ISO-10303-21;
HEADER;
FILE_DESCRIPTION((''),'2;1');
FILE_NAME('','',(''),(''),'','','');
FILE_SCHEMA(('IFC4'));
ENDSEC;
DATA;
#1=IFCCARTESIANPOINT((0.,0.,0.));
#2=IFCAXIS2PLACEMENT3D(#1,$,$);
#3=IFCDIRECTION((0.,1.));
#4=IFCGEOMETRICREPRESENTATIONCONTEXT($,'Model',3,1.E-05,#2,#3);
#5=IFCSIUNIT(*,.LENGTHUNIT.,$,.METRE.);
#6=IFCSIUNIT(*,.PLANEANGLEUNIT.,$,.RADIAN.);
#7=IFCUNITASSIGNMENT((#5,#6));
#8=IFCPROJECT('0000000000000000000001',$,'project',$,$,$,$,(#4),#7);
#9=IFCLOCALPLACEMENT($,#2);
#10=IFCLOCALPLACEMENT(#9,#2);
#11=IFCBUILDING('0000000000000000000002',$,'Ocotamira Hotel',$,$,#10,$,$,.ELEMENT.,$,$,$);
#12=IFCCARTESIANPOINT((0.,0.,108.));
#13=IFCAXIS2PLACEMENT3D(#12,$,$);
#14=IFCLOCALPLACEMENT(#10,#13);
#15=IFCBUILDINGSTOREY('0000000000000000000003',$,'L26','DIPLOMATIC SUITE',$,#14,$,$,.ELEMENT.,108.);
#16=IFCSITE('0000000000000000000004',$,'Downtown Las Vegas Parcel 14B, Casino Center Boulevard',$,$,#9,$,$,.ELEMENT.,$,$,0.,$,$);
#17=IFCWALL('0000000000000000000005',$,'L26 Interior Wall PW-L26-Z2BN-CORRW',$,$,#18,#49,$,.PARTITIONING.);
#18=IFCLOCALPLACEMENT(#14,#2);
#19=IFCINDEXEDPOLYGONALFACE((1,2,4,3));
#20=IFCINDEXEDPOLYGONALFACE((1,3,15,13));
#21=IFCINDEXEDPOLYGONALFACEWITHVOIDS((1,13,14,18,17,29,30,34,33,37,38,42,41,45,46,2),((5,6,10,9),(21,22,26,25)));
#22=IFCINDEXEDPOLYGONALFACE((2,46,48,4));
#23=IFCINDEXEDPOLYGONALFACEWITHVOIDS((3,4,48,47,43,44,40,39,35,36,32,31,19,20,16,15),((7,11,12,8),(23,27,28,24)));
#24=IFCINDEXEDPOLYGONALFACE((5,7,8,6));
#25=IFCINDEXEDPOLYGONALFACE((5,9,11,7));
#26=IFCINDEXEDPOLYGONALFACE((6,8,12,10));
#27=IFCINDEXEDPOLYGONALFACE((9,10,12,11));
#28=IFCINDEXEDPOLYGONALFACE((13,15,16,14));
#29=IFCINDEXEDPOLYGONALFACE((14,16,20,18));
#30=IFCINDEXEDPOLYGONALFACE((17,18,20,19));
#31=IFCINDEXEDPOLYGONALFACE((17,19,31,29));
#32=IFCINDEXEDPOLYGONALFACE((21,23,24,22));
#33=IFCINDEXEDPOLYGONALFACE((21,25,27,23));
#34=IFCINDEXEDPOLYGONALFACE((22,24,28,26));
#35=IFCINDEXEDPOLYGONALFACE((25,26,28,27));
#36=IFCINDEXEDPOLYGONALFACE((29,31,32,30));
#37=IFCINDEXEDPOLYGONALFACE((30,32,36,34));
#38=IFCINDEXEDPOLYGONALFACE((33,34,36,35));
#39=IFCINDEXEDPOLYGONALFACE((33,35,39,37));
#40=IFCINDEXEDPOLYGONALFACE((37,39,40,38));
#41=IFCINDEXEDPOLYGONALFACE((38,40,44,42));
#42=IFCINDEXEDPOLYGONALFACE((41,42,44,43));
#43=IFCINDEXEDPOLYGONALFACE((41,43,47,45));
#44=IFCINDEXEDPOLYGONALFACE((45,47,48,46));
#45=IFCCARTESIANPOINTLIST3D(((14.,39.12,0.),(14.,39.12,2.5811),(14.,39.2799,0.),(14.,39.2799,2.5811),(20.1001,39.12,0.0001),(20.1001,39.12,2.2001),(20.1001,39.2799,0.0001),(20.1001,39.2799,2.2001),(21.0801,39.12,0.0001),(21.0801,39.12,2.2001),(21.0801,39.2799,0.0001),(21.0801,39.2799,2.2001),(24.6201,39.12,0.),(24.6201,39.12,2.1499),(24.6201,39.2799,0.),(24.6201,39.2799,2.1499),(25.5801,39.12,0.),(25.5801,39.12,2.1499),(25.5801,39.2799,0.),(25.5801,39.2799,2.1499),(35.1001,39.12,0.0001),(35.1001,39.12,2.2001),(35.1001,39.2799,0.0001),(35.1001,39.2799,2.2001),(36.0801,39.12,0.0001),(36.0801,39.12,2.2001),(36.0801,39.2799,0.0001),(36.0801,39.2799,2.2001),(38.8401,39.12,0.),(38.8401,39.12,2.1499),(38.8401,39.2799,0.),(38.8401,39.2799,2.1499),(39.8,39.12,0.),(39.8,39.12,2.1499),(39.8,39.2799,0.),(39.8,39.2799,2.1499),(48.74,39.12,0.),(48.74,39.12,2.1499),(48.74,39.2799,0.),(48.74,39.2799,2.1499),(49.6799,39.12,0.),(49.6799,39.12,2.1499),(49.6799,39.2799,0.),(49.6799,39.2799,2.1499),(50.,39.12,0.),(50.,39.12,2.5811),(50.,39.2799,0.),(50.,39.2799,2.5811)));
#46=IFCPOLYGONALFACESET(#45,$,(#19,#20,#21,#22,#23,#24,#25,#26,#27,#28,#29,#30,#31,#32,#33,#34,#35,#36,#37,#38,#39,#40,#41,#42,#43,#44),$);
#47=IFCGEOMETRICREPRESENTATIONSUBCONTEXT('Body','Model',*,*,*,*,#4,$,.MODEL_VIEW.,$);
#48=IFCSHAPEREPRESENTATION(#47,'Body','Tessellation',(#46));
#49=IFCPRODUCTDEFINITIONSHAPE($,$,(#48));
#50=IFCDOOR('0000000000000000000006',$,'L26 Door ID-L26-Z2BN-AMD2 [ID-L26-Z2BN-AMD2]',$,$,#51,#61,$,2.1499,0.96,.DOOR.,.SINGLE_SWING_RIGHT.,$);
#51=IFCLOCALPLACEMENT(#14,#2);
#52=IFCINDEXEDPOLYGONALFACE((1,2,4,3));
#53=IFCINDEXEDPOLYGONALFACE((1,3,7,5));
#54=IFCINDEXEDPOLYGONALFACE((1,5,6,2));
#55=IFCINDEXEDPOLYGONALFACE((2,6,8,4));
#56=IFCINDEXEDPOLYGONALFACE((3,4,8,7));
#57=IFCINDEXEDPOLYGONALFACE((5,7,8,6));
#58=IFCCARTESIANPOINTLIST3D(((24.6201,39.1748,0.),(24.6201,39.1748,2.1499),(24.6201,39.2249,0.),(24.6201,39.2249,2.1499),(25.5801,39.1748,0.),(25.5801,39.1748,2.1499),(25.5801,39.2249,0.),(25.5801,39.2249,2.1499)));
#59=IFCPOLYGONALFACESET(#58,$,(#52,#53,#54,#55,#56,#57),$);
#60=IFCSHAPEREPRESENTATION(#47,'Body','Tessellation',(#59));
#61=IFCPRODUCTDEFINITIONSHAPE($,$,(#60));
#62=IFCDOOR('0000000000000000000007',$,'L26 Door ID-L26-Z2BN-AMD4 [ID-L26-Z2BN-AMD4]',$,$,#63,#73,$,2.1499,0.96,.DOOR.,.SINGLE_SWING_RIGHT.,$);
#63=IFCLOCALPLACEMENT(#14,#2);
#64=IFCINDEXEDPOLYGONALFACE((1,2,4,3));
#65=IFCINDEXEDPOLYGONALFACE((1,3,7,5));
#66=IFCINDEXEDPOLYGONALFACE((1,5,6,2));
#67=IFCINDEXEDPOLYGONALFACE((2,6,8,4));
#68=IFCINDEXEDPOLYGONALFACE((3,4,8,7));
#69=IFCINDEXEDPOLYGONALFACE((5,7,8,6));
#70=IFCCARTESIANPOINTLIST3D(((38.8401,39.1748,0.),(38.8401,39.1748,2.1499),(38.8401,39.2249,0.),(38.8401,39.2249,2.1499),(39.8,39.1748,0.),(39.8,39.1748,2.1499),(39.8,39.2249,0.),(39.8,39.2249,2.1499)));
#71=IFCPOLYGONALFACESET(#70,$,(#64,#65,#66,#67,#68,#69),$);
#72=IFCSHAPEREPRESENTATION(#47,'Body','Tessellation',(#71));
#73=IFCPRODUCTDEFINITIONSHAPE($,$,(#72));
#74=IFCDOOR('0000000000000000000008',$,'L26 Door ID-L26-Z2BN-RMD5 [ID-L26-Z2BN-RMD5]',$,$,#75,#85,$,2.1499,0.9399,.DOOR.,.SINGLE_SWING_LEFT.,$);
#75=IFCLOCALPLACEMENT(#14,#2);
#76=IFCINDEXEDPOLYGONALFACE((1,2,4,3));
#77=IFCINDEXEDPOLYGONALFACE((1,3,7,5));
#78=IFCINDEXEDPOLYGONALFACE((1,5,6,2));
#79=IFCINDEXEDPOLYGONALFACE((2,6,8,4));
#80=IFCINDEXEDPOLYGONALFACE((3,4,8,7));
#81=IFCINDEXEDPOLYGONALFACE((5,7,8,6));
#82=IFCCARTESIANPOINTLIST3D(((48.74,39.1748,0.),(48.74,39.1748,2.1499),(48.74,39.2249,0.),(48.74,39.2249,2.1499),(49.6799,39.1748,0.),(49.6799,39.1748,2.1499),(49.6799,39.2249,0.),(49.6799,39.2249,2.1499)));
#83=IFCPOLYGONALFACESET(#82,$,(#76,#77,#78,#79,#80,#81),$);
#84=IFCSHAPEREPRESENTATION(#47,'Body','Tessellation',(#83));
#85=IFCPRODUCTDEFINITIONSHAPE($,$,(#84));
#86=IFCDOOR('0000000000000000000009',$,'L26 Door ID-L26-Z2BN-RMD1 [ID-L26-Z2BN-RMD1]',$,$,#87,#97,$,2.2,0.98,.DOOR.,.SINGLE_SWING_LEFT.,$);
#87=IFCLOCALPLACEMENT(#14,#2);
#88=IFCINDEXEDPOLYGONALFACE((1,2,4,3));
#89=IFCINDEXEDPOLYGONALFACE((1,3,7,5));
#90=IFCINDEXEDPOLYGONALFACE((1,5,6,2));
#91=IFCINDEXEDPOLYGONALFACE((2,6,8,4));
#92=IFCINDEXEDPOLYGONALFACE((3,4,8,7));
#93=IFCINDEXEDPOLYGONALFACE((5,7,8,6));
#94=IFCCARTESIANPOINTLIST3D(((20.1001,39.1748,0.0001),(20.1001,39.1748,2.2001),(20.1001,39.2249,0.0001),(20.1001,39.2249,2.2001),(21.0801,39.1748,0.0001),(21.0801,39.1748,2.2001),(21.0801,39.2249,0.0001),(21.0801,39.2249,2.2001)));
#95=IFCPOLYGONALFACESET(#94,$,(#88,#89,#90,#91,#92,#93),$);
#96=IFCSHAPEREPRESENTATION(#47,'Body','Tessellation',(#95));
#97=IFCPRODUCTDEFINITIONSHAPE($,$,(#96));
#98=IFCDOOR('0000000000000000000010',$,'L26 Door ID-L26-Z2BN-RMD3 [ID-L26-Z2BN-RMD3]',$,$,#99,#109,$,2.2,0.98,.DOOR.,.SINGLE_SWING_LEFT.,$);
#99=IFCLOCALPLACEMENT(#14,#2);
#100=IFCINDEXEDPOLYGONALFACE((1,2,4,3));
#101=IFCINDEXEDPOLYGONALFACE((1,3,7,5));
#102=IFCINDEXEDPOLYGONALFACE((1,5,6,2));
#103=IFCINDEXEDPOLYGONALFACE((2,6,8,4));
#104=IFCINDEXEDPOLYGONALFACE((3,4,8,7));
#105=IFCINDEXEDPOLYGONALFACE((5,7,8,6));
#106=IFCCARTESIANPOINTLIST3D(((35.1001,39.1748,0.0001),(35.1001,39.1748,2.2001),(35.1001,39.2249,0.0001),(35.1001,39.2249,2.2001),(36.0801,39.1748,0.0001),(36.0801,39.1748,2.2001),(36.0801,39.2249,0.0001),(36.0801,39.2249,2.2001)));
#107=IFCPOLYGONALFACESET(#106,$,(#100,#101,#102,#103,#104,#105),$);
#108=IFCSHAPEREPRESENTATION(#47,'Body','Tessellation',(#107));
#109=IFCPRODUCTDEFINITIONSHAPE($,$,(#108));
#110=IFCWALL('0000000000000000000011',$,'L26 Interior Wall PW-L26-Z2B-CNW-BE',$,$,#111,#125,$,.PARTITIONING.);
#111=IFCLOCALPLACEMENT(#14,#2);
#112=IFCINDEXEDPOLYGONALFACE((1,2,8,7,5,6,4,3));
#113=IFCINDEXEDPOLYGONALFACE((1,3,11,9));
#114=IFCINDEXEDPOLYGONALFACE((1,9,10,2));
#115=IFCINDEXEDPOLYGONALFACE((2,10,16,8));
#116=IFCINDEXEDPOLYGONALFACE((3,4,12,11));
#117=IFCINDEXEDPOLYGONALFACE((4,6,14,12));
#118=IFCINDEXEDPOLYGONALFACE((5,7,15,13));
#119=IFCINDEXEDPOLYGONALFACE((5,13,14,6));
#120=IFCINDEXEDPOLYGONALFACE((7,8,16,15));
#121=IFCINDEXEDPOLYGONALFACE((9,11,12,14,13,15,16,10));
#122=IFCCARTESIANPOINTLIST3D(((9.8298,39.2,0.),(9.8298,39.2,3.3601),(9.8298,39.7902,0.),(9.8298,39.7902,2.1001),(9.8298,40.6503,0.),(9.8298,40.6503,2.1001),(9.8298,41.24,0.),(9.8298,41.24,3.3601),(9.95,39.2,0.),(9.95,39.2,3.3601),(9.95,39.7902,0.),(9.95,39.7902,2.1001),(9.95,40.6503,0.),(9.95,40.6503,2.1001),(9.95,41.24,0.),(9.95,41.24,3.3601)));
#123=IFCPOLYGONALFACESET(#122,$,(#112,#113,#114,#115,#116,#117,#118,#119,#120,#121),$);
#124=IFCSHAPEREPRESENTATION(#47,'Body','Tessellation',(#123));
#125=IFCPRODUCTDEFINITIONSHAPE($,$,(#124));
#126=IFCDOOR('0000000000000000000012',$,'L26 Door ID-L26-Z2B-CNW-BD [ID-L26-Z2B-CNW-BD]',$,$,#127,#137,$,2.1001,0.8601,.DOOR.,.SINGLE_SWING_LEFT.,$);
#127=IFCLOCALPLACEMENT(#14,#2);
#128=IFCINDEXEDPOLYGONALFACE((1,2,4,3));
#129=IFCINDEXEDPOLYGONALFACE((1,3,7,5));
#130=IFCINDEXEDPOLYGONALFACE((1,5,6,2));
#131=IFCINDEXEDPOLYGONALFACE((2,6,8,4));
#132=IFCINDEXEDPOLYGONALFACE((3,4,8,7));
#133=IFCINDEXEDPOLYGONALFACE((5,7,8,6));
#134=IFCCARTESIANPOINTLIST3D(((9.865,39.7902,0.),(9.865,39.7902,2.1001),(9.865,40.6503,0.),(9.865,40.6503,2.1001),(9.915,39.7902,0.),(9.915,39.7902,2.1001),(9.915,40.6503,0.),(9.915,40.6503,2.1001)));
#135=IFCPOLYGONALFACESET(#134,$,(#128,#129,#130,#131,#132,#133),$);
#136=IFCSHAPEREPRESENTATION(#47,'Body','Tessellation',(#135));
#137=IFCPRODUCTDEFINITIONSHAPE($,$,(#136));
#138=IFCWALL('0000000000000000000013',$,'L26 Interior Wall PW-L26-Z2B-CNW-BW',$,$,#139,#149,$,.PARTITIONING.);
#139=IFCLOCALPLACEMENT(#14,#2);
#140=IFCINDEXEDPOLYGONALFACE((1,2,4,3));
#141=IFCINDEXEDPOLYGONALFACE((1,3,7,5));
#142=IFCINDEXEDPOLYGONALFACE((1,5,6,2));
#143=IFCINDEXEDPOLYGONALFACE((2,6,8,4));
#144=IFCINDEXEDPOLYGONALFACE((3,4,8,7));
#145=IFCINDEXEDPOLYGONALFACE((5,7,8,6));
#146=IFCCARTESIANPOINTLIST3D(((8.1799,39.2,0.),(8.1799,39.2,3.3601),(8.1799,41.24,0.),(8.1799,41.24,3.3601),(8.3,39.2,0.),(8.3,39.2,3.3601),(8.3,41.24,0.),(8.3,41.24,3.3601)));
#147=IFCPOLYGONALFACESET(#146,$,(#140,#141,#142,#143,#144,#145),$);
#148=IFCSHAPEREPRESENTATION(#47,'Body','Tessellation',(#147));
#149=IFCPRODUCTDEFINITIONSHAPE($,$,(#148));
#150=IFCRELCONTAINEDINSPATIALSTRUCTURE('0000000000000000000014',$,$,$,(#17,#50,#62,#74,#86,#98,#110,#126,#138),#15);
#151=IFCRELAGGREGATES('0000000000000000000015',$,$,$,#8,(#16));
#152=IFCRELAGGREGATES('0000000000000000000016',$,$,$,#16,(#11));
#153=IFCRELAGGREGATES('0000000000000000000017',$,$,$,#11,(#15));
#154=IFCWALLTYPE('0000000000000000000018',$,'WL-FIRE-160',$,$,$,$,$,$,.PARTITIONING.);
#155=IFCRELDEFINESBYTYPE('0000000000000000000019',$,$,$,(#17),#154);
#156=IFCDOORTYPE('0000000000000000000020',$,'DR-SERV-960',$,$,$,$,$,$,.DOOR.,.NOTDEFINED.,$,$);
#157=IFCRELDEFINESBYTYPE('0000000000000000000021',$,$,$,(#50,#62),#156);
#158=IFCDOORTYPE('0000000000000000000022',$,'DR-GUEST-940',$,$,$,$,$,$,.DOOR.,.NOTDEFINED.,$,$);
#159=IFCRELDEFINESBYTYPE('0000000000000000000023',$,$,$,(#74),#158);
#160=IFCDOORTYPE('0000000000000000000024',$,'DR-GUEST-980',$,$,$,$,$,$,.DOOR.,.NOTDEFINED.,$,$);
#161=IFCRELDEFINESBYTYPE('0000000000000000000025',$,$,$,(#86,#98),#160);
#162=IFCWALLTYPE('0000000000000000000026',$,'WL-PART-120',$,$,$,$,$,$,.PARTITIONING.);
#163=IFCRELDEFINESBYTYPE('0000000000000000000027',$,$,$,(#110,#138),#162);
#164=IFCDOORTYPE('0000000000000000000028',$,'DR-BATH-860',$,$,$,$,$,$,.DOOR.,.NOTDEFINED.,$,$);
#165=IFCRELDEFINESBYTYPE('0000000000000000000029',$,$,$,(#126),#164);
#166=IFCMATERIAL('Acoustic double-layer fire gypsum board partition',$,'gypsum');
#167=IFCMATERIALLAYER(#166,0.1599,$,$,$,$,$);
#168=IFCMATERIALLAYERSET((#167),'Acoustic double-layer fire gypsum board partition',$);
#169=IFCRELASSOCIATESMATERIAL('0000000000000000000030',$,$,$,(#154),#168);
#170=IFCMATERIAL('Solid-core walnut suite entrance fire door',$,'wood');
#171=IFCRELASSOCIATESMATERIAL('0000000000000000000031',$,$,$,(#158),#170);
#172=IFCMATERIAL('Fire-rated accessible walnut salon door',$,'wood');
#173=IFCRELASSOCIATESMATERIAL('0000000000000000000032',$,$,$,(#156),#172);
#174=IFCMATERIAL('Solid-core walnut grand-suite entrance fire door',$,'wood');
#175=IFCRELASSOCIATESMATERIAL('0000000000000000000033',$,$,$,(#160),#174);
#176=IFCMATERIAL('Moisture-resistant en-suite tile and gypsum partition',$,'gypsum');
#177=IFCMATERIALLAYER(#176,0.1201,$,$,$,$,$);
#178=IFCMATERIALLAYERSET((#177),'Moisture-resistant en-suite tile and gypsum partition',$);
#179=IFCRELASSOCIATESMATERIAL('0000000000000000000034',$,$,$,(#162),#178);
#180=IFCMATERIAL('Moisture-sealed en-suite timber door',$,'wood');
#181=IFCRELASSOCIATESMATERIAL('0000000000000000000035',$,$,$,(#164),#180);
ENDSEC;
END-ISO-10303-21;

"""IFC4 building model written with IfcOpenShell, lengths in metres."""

from ifc_helpers import new_model, si_unit, direction, frame, frame_2d, origin, place, context, subcontext, project, spatial, rectangle, extrude, source, transform, mapped, material, layer, layer_set, type_object, element, fill, save


model = new_model("IFC4")

# Units and contexts
model_context = context("Model", 3, precision=1e-05, world=origin(), true_north=direction((0.0, 1.0)))
body_context = subcontext(model_context, "Body", "Model", "MODEL_VIEW")
ifc_project = project(units=[si_unit("LENGTHUNIT", "METRE"), si_unit("PLANEANGLEUNIT", "RADIAN")], contexts=[model_context])

# Site, building, storey
site_placement = place(None, origin())
site = spatial("IfcSite", under=ifc_project, at=site_placement, Name="Downtown Las Vegas Parcel 14B, Casino Center Boulevard", CompositionType="ELEMENT", RefElevation=0.0)
building_placement = place(site_placement, origin())
building = spatial("IfcBuilding", under=site, at=building_placement, Name="Ocotamira Hotel", CompositionType="ELEMENT")
storey_placement = place(building_placement, frame((0.0, 0.0, 108.0)))
storey = spatial("IfcBuildingStorey", under=building, at=storey_placement, Name="L26", Description="DIPLOMATIC SUITE", CompositionType="ELEMENT", Elevation=108.0)

# Shared definitions
ifc_material_1 = material(Name="Acoustic double-layer fire gypsum board partition", Category="gypsum")
ifc_layer_1 = layer(ifc_material_1, 0.1599)
ifc_layer_set_1 = layer_set([ifc_layer_1], Name="Acoustic double-layer fire gypsum board partition")
wall_type_1 = type_object("IfcWallType", Name="WL-FIRE-160", PredefinedType="PARTITIONING", material=ifc_layer_set_1)
ifc_material_2 = material(Name="Solid-core walnut suite entrance fire door", Category="wood")
door_type_1 = type_object("IfcDoorType", Name="DR-GUEST-940", OperationType="NOTDEFINED", PredefinedType="DOOR", material=ifc_material_2)
shared_shape_1 = source(origin(), body_context, "Body", "SweptSolid", [
    extrude(rectangle(XDim=0.9399, YDim=2.1499, at=frame_2d((0.47, 1.075))), frame((0.0, 0.0249, 0.0), z_axis=(0.0, -1.0, 0.0), x_axis=(1.0, 0.0, 0.0)), (0.0, 0.0, 1.0), 0.05),
])

# Wall, openings, doors
wall_1_placement = place(storey_placement, frame((14.0, 39.2, 0.0), z_axis=(0.0, 0.0, 1.0), x_axis=(1.0, 0.0, 0.0)))
wall_1 = element("IfcWall", 1, at=wall_1_placement, inside=storey, type_object=wall_type_1, Name="L26 Interior Wall PW-L26-Z2BN-CORRW", PredefinedType="PARTITIONING", context=body_context, shape_type="SweptSolid", body=[
    extrude(rectangle(XDim=36.0, YDim=0.1599, at=frame_2d((18.0, 0.0))), origin(), (0.0, 0.0, 1.0), 2.5811),
])
opening_1_placement = place(wall_1_placement, frame((6.1001, 0.0, 0.0)))
opening_1 = element("IfcOpeningElement", 2, at=opening_1_placement, cuts=wall_1, PredefinedType="OPENING", context=body_context, shape_type="SweptSolid", body=[
    extrude(rectangle(XDim=0.98, YDim=2.2, at=frame_2d((0.49, 1.1001))), frame((0.0, 0.0898, 0.0), z_axis=(0.0, -1.0, 0.0), x_axis=(1.0, 0.0, 0.0)), (0.0, 0.0, 1.0), 0.1799),
])
opening_2_placement = place(wall_1_placement, frame((10.6201, 0.0, 0.0)))
opening_2 = element("IfcOpeningElement", 3, at=opening_2_placement, cuts=wall_1, PredefinedType="OPENING", context=body_context, shape_type="SweptSolid", body=[
    extrude(rectangle(XDim=0.96, YDim=2.1499, at=frame_2d((0.48, 1.075))), frame((0.0, 0.0898, 0.0), z_axis=(0.0, -1.0, 0.0), x_axis=(1.0, 0.0, 0.0)), (0.0, 0.0, 1.0), 0.1799),
])
opening_3_placement = place(wall_1_placement, frame((21.1001, 0.0, 0.0)))
opening_3 = element("IfcOpeningElement", 4, at=opening_3_placement, cuts=wall_1, PredefinedType="OPENING", context=body_context, shape_type="SweptSolid", body=[
    extrude(rectangle(XDim=0.98, YDim=2.2, at=frame_2d((0.49, 1.1001))), frame((0.0, 0.0898, 0.0), z_axis=(0.0, -1.0, 0.0), x_axis=(1.0, 0.0, 0.0)), (0.0, 0.0, 1.0), 0.1799),
])
opening_4_placement = place(wall_1_placement, frame((24.8401, 0.0, 0.0)))
opening_4 = element("IfcOpeningElement", 5, at=opening_4_placement, cuts=wall_1, PredefinedType="OPENING", context=body_context, shape_type="SweptSolid", body=[
    extrude(rectangle(XDim=0.96, YDim=2.1499, at=frame_2d((0.48, 1.075))), frame((0.0, 0.0898, 0.0), z_axis=(0.0, -1.0, 0.0), x_axis=(1.0, 0.0, 0.0)), (0.0, 0.0, 1.0), 0.1799),
])
opening_5_placement = place(wall_1_placement, frame((34.74, 0.0, 0.0)))
opening_5 = element("IfcOpeningElement", 6, at=opening_5_placement, cuts=wall_1, PredefinedType="OPENING", context=body_context, shape_type="SweptSolid", body=[
    extrude(rectangle(XDim=0.9399, YDim=2.1499, at=frame_2d((0.47, 1.075))), frame((0.0, 0.0898, 0.0), z_axis=(0.0, -1.0, 0.0), x_axis=(1.0, 0.0, 0.0)), (0.0, 0.0, 1.0), 0.1799),
])
ifc_material_3 = material(Name="Fire-rated accessible walnut salon door", Category="wood")
door_type_2 = type_object("IfcDoorType", Name="DR-SERV-960", OperationType="NOTDEFINED", PredefinedType="DOOR", material=ifc_material_3)
shared_shape_2 = source(origin(), body_context, "Body", "SweptSolid", [
    extrude(rectangle(XDim=0.96, YDim=2.1499, at=frame_2d((0.48, 1.075))), frame((0.0, 0.0249, 0.0), z_axis=(0.0, -1.0, 0.0), x_axis=(1.0, 0.0, 0.0)), (0.0, 0.0, 1.0), 0.05),
])
door_1_placement = place(opening_2_placement, origin())
door_1 = element("IfcDoor", 7, at=door_1_placement, inside=storey, type_object=door_type_2, Name="L26 Door ID-L26-Z2BN-AMD2 [ID-L26-Z2BN-AMD2]", OperationType="SINGLE_SWING_RIGHT", OverallHeight=2.1499, OverallWidth=0.96, PredefinedType="DOOR", context=body_context, shape_type="MappedRepresentation", body=[
    mapped(shared_shape_2, transform((0.0, 0.0, 0.0), scale=1.0)),
])
fill(opening_2, door_1)
door_2_placement = place(opening_4_placement, origin())
door_2 = element("IfcDoor", 8, at=door_2_placement, inside=storey, type_object=door_type_2, Name="L26 Door ID-L26-Z2BN-AMD4 [ID-L26-Z2BN-AMD4]", OperationType="SINGLE_SWING_RIGHT", OverallHeight=2.1499, OverallWidth=0.96, PredefinedType="DOOR", context=body_context, shape_type="MappedRepresentation", body=[
    mapped(shared_shape_2, transform((0.0, 0.0, 0.0), scale=1.0)),
])
fill(opening_4, door_2)
door_3_placement = place(opening_5_placement, origin())
door_3 = element("IfcDoor", 9, at=door_3_placement, inside=storey, type_object=door_type_1, Name="L26 Door ID-L26-Z2BN-RMD5 [ID-L26-Z2BN-RMD5]", OperationType="SINGLE_SWING_LEFT", OverallHeight=2.1499, OverallWidth=0.9399, PredefinedType="DOOR", context=body_context, shape_type="MappedRepresentation", body=[
    mapped(shared_shape_1, transform((0.0, 0.0, 0.0), scale=1.0)),
])
fill(opening_5, door_3)
ifc_material_4 = material(Name="Solid-core walnut grand-suite entrance fire door", Category="wood")
door_type_3 = type_object("IfcDoorType", Name="DR-GUEST-980", OperationType="NOTDEFINED", PredefinedType="DOOR", material=ifc_material_4)
shared_shape_3 = source(origin(), body_context, "Body", "SweptSolid", [
    extrude(rectangle(XDim=0.98, YDim=2.2, at=frame_2d((0.49, 1.1001))), frame((0.0, 0.0249, 0.0), z_axis=(0.0, -1.0, 0.0), x_axis=(1.0, 0.0, 0.0)), (0.0, 0.0, 1.0), 0.05),
])
door_4_placement = place(opening_1_placement, origin())
door_4 = element("IfcDoor", 10, at=door_4_placement, inside=storey, type_object=door_type_3, Name="L26 Door ID-L26-Z2BN-RMD1 [ID-L26-Z2BN-RMD1]", OperationType="SINGLE_SWING_LEFT", OverallHeight=2.2, OverallWidth=0.98, PredefinedType="DOOR", context=body_context, shape_type="MappedRepresentation", body=[
    mapped(shared_shape_3, transform((0.0, 0.0, 0.0), scale=1.0)),
])
fill(opening_1, door_4)
door_5_placement = place(opening_3_placement, origin())
door_5 = element("IfcDoor", 11, at=door_5_placement, inside=storey, type_object=door_type_3, Name="L26 Door ID-L26-Z2BN-RMD3 [ID-L26-Z2BN-RMD3]", OperationType="SINGLE_SWING_LEFT", OverallHeight=2.2, OverallWidth=0.98, PredefinedType="DOOR", context=body_context, shape_type="MappedRepresentation", body=[
    mapped(shared_shape_3, transform((0.0, 0.0, 0.0), scale=1.0)),
])
fill(opening_3, door_5)

# Wall, opening, door
ifc_material_5 = material(Name="Moisture-resistant en-suite tile and gypsum partition", Category="gypsum")
ifc_layer_2 = layer(ifc_material_5, 0.1201)
ifc_layer_set_2 = layer_set([ifc_layer_2], Name="Moisture-resistant en-suite tile and gypsum partition")
wall_type_2 = type_object("IfcWallType", Name="WL-PART-120", PredefinedType="PARTITIONING", material=ifc_layer_set_2)
wall_2_placement = place(storey_placement, frame((9.8899, 39.2, 0.0), z_axis=(0.0, 0.0, 1.0), x_axis=(0.0, 1.0, 0.0)))
wall_2 = element("IfcWall", 12, at=wall_2_placement, inside=storey, type_object=wall_type_2, Name="L26 Interior Wall PW-L26-Z2B-CNW-BE", PredefinedType="PARTITIONING", context=body_context, shape_type="SweptSolid", body=[
    extrude(rectangle(XDim=2.04, YDim=0.1201, at=frame_2d((1.02, 0.0))), origin(), (0.0, 0.0, 1.0), 3.3601),
])
opening_6_placement = place(wall_2_placement, frame((0.5901, 0.0, 0.0)))
opening_6 = element("IfcOpeningElement", 13, at=opening_6_placement, cuts=wall_2, PredefinedType="OPENING", context=body_context, shape_type="SweptSolid", body=[
    extrude(rectangle(XDim=0.8601, YDim=2.1001, at=frame_2d((0.4302, 1.05))), frame((0.0, 0.0701, 0.0), z_axis=(0.0, -1.0, 0.0), x_axis=(1.0, 0.0, 0.0)), (0.0, 0.0, 1.0), 0.1401),
])
ifc_material_6 = material(Name="Moisture-sealed en-suite timber door", Category="wood")
door_type_4 = type_object("IfcDoorType", Name="DR-BATH-860", OperationType="NOTDEFINED", PredefinedType="DOOR", material=ifc_material_6)
shared_shape_4 = source(origin(), body_context, "Body", "SweptSolid", [
    extrude(rectangle(XDim=0.8601, YDim=2.1001, at=frame_2d((0.4302, 1.05))), frame((0.0, 0.0249, 0.0), z_axis=(0.0, -1.0, 0.0), x_axis=(1.0, 0.0, 0.0)), (0.0, 0.0, 1.0), 0.05),
])
door_6_placement = place(opening_6_placement, origin())
door_6 = element("IfcDoor", 14, at=door_6_placement, inside=storey, type_object=door_type_4, Name="L26 Door ID-L26-Z2B-CNW-BD [ID-L26-Z2B-CNW-BD]", OperationType="SINGLE_SWING_LEFT", OverallHeight=2.1001, OverallWidth=0.8601, PredefinedType="DOOR", context=body_context, shape_type="MappedRepresentation", body=[
    mapped(shared_shape_4, transform((0.0, 0.0, 0.0), scale=1.0)),
])
fill(opening_6, door_6)

# Wall
wall_3_placement = place(storey_placement, frame((8.24, 39.2, 0.0), z_axis=(0.0, 0.0, 1.0), x_axis=(0.0, 1.0, 0.0)))
element("IfcWall", 15, at=wall_3_placement, inside=storey, type_object=wall_type_2, Name="L26 Interior Wall PW-L26-Z2B-CNW-BW", PredefinedType="PARTITIONING", context=body_context, shape_type="SweptSolid", body=[
    extrude(rectangle(XDim=2.04, YDim=0.1201, at=frame_2d((1.02, 0.0))), origin(), (0.0, 0.0, 1.0), 3.3601),
])

save(model, "model.ifc")
